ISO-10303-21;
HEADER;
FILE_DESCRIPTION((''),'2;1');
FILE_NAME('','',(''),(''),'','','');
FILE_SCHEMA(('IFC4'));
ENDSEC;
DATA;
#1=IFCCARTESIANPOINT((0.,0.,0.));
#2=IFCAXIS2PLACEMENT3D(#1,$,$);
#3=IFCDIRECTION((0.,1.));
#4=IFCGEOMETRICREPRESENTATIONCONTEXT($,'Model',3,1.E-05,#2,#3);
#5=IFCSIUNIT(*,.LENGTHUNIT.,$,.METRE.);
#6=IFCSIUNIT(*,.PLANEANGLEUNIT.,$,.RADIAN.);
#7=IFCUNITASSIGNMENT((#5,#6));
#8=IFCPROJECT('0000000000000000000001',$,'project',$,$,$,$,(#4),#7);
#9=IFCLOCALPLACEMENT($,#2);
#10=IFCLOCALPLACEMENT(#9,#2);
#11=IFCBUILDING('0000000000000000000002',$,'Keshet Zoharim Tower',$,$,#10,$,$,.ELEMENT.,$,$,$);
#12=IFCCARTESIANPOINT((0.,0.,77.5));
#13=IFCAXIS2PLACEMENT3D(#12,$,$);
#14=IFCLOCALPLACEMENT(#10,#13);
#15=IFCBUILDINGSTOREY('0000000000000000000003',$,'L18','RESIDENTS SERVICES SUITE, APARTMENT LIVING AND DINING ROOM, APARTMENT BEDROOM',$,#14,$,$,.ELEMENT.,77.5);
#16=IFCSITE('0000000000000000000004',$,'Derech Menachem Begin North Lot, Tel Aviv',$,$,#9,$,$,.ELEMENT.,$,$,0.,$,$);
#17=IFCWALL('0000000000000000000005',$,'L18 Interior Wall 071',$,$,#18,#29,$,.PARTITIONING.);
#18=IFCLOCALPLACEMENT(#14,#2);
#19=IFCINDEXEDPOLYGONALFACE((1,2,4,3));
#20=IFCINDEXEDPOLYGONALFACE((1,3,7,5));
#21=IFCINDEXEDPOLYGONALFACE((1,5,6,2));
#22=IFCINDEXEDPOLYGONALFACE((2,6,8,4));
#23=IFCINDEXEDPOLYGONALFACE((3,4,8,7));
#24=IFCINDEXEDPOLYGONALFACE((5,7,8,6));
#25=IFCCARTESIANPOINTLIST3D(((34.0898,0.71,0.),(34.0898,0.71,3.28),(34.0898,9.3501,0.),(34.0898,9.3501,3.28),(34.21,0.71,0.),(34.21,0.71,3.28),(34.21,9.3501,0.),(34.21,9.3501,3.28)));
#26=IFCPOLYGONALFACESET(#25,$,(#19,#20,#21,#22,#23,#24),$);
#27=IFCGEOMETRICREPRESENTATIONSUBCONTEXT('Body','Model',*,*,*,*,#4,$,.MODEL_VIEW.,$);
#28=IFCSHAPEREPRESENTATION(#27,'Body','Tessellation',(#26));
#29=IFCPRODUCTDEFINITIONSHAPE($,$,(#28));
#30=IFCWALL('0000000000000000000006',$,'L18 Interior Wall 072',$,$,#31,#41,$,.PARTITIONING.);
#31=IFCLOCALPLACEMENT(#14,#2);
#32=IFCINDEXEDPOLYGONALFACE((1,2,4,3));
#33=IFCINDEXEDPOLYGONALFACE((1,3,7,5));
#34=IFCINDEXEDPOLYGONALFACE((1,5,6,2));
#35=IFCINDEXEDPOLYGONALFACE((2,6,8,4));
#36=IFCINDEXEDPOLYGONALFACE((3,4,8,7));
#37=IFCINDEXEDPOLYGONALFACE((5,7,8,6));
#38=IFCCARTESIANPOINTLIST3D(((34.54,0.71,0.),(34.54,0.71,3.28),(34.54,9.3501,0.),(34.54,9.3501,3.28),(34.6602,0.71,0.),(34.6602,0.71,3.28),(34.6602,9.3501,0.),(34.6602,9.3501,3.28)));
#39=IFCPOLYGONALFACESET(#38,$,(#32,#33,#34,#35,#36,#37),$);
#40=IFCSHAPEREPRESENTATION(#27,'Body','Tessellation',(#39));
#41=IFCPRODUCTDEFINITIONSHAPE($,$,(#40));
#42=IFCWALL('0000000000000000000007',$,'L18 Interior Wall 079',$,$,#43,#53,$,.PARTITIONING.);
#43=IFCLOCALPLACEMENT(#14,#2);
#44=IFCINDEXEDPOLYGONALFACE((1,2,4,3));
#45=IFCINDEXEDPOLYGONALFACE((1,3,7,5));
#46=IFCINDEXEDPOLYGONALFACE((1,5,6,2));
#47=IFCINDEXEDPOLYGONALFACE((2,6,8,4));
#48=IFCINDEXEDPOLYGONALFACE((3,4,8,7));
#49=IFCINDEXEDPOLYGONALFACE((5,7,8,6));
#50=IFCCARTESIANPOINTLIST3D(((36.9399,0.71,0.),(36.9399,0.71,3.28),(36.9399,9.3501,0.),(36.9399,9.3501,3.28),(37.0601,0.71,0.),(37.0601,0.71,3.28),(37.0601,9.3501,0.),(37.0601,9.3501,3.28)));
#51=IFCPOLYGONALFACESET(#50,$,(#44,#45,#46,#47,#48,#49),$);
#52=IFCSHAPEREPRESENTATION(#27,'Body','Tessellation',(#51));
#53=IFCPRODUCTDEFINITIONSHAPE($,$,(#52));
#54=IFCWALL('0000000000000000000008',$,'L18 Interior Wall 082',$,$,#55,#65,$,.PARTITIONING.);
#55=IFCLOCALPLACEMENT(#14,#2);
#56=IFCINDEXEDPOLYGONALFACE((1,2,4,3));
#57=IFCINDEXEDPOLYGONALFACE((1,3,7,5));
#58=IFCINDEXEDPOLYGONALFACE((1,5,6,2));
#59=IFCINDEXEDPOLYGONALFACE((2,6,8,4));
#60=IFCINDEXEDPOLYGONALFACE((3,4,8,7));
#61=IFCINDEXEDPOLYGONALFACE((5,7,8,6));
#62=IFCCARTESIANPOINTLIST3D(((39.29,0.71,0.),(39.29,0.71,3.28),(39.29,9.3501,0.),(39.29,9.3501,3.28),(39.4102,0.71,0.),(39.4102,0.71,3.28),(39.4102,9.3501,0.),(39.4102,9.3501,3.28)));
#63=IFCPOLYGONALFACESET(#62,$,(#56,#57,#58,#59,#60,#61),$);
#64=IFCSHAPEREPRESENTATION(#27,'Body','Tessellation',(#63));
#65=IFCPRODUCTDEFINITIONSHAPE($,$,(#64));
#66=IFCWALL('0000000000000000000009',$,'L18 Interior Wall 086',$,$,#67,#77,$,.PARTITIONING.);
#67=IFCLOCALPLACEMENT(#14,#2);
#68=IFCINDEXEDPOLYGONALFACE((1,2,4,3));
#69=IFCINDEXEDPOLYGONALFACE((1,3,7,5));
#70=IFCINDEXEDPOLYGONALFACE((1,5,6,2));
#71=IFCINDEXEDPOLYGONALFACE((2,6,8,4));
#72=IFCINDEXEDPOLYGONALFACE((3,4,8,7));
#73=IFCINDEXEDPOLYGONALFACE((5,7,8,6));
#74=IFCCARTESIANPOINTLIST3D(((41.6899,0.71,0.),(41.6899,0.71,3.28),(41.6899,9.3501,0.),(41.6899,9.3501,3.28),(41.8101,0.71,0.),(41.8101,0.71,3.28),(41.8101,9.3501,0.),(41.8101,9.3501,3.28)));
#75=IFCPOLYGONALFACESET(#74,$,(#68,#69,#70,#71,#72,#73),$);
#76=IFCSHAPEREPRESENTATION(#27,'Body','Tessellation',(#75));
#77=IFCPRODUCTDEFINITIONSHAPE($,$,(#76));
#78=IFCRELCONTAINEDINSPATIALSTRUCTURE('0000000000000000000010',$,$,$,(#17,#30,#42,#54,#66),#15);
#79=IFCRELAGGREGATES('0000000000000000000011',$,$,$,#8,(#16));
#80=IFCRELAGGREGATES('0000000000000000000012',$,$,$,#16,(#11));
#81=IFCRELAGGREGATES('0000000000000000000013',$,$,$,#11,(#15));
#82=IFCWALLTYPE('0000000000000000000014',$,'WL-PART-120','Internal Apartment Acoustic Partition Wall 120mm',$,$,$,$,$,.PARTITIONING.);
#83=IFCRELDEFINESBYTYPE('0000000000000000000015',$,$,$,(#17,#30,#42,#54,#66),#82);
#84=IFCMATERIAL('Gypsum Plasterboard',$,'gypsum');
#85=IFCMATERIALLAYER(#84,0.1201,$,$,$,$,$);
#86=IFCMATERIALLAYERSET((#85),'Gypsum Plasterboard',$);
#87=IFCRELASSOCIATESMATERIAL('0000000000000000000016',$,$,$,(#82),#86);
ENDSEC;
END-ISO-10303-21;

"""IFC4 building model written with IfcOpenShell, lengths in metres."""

from ifc_helpers import new_model, si_unit, direction, frame, frame_2d, origin, place, context, subcontext, project, spatial, rectangle, extrude, material, layer, layer_set, type_object, element, save


model = new_model("IFC4")

# Units and contexts
model_context = context("Model", 3, precision=1e-05, world=origin(), true_north=direction((0.0, 1.0)))
body_context = subcontext(model_context, "Body", "Model", "MODEL_VIEW")
ifc_project = project(units=[si_unit("LENGTHUNIT", "METRE"), si_unit("PLANEANGLEUNIT", "RADIAN")], contexts=[model_context])

# Site, building, storey
site_placement = place(None, origin())
site = spatial("IfcSite", under=ifc_project, at=site_placement, Name="Derech Menachem Begin North Lot, Tel Aviv", CompositionType="ELEMENT", RefElevation=0.0)
building_placement = place(site_placement, origin())
building = spatial("IfcBuilding", under=site, at=building_placement, Name="Keshet Zoharim Tower", CompositionType="ELEMENT")
storey_placement = place(building_placement, frame((0.0, 0.0, 77.5)))
storey = spatial("IfcBuildingStorey", under=building, at=storey_placement, Name="L18", Description="RESIDENTS SERVICES SUITE, APARTMENT LIVING AND DINING ROOM, APARTMENT BEDROOM", CompositionType="ELEMENT", Elevation=77.5)

# Walls
ifc_material_1 = material(Name="Gypsum Plasterboard", Category="gypsum")
ifc_layer_1 = layer(ifc_material_1, 0.1201)
ifc_layer_set_1 = layer_set([ifc_layer_1], Name="Gypsum Plasterboard")
wall_type = type_object("IfcWallType", Name="WL-PART-120", Description="Internal Apartment Acoustic Partition Wall 120mm", PredefinedType="PARTITIONING", material=ifc_layer_set_1)
for number, where, z_axis, x_axis, name in (
    (1, (34.1499, 0.71, 0.0), (0.0, 0.0, 1.0), (0.0, 1.0, 0.0), "L18 Interior Wall 071"),
    (2, (34.6001, 0.71, 0.0), (0.0, 0.0, 1.0), (0.0, 1.0, 0.0), "L18 Interior Wall 072"),
    (3, (37.0, 0.71, 0.0), (0.0, 0.0, 1.0), (0.0, 1.0, 0.0), "L18 Interior Wall 079"),
    (4, (39.3501, 0.71, 0.0), (0.0, 0.0, 1.0), (0.0, 1.0, 0.0), "L18 Interior Wall 082"),
    (5, (41.75, 0.71, 0.0), (0.0, 0.0, 1.0), (0.0, 1.0, 0.0), "L18 Interior Wall 086"),
):
    element("IfcWall", number, at=place(storey_placement, frame(where, z_axis=z_axis, x_axis=x_axis)), inside=storey, type_object=wall_type, Name=name, PredefinedType="PARTITIONING", context=body_context, shape_type="SweptSolid", body=[
        extrude(rectangle(XDim=8.6401, YDim=0.1201, at=frame_2d((4.3201, 0.0))), origin(), (0.0, 0.0, 1.0), 3.28),
    ])

save(model, "model.ifc")
